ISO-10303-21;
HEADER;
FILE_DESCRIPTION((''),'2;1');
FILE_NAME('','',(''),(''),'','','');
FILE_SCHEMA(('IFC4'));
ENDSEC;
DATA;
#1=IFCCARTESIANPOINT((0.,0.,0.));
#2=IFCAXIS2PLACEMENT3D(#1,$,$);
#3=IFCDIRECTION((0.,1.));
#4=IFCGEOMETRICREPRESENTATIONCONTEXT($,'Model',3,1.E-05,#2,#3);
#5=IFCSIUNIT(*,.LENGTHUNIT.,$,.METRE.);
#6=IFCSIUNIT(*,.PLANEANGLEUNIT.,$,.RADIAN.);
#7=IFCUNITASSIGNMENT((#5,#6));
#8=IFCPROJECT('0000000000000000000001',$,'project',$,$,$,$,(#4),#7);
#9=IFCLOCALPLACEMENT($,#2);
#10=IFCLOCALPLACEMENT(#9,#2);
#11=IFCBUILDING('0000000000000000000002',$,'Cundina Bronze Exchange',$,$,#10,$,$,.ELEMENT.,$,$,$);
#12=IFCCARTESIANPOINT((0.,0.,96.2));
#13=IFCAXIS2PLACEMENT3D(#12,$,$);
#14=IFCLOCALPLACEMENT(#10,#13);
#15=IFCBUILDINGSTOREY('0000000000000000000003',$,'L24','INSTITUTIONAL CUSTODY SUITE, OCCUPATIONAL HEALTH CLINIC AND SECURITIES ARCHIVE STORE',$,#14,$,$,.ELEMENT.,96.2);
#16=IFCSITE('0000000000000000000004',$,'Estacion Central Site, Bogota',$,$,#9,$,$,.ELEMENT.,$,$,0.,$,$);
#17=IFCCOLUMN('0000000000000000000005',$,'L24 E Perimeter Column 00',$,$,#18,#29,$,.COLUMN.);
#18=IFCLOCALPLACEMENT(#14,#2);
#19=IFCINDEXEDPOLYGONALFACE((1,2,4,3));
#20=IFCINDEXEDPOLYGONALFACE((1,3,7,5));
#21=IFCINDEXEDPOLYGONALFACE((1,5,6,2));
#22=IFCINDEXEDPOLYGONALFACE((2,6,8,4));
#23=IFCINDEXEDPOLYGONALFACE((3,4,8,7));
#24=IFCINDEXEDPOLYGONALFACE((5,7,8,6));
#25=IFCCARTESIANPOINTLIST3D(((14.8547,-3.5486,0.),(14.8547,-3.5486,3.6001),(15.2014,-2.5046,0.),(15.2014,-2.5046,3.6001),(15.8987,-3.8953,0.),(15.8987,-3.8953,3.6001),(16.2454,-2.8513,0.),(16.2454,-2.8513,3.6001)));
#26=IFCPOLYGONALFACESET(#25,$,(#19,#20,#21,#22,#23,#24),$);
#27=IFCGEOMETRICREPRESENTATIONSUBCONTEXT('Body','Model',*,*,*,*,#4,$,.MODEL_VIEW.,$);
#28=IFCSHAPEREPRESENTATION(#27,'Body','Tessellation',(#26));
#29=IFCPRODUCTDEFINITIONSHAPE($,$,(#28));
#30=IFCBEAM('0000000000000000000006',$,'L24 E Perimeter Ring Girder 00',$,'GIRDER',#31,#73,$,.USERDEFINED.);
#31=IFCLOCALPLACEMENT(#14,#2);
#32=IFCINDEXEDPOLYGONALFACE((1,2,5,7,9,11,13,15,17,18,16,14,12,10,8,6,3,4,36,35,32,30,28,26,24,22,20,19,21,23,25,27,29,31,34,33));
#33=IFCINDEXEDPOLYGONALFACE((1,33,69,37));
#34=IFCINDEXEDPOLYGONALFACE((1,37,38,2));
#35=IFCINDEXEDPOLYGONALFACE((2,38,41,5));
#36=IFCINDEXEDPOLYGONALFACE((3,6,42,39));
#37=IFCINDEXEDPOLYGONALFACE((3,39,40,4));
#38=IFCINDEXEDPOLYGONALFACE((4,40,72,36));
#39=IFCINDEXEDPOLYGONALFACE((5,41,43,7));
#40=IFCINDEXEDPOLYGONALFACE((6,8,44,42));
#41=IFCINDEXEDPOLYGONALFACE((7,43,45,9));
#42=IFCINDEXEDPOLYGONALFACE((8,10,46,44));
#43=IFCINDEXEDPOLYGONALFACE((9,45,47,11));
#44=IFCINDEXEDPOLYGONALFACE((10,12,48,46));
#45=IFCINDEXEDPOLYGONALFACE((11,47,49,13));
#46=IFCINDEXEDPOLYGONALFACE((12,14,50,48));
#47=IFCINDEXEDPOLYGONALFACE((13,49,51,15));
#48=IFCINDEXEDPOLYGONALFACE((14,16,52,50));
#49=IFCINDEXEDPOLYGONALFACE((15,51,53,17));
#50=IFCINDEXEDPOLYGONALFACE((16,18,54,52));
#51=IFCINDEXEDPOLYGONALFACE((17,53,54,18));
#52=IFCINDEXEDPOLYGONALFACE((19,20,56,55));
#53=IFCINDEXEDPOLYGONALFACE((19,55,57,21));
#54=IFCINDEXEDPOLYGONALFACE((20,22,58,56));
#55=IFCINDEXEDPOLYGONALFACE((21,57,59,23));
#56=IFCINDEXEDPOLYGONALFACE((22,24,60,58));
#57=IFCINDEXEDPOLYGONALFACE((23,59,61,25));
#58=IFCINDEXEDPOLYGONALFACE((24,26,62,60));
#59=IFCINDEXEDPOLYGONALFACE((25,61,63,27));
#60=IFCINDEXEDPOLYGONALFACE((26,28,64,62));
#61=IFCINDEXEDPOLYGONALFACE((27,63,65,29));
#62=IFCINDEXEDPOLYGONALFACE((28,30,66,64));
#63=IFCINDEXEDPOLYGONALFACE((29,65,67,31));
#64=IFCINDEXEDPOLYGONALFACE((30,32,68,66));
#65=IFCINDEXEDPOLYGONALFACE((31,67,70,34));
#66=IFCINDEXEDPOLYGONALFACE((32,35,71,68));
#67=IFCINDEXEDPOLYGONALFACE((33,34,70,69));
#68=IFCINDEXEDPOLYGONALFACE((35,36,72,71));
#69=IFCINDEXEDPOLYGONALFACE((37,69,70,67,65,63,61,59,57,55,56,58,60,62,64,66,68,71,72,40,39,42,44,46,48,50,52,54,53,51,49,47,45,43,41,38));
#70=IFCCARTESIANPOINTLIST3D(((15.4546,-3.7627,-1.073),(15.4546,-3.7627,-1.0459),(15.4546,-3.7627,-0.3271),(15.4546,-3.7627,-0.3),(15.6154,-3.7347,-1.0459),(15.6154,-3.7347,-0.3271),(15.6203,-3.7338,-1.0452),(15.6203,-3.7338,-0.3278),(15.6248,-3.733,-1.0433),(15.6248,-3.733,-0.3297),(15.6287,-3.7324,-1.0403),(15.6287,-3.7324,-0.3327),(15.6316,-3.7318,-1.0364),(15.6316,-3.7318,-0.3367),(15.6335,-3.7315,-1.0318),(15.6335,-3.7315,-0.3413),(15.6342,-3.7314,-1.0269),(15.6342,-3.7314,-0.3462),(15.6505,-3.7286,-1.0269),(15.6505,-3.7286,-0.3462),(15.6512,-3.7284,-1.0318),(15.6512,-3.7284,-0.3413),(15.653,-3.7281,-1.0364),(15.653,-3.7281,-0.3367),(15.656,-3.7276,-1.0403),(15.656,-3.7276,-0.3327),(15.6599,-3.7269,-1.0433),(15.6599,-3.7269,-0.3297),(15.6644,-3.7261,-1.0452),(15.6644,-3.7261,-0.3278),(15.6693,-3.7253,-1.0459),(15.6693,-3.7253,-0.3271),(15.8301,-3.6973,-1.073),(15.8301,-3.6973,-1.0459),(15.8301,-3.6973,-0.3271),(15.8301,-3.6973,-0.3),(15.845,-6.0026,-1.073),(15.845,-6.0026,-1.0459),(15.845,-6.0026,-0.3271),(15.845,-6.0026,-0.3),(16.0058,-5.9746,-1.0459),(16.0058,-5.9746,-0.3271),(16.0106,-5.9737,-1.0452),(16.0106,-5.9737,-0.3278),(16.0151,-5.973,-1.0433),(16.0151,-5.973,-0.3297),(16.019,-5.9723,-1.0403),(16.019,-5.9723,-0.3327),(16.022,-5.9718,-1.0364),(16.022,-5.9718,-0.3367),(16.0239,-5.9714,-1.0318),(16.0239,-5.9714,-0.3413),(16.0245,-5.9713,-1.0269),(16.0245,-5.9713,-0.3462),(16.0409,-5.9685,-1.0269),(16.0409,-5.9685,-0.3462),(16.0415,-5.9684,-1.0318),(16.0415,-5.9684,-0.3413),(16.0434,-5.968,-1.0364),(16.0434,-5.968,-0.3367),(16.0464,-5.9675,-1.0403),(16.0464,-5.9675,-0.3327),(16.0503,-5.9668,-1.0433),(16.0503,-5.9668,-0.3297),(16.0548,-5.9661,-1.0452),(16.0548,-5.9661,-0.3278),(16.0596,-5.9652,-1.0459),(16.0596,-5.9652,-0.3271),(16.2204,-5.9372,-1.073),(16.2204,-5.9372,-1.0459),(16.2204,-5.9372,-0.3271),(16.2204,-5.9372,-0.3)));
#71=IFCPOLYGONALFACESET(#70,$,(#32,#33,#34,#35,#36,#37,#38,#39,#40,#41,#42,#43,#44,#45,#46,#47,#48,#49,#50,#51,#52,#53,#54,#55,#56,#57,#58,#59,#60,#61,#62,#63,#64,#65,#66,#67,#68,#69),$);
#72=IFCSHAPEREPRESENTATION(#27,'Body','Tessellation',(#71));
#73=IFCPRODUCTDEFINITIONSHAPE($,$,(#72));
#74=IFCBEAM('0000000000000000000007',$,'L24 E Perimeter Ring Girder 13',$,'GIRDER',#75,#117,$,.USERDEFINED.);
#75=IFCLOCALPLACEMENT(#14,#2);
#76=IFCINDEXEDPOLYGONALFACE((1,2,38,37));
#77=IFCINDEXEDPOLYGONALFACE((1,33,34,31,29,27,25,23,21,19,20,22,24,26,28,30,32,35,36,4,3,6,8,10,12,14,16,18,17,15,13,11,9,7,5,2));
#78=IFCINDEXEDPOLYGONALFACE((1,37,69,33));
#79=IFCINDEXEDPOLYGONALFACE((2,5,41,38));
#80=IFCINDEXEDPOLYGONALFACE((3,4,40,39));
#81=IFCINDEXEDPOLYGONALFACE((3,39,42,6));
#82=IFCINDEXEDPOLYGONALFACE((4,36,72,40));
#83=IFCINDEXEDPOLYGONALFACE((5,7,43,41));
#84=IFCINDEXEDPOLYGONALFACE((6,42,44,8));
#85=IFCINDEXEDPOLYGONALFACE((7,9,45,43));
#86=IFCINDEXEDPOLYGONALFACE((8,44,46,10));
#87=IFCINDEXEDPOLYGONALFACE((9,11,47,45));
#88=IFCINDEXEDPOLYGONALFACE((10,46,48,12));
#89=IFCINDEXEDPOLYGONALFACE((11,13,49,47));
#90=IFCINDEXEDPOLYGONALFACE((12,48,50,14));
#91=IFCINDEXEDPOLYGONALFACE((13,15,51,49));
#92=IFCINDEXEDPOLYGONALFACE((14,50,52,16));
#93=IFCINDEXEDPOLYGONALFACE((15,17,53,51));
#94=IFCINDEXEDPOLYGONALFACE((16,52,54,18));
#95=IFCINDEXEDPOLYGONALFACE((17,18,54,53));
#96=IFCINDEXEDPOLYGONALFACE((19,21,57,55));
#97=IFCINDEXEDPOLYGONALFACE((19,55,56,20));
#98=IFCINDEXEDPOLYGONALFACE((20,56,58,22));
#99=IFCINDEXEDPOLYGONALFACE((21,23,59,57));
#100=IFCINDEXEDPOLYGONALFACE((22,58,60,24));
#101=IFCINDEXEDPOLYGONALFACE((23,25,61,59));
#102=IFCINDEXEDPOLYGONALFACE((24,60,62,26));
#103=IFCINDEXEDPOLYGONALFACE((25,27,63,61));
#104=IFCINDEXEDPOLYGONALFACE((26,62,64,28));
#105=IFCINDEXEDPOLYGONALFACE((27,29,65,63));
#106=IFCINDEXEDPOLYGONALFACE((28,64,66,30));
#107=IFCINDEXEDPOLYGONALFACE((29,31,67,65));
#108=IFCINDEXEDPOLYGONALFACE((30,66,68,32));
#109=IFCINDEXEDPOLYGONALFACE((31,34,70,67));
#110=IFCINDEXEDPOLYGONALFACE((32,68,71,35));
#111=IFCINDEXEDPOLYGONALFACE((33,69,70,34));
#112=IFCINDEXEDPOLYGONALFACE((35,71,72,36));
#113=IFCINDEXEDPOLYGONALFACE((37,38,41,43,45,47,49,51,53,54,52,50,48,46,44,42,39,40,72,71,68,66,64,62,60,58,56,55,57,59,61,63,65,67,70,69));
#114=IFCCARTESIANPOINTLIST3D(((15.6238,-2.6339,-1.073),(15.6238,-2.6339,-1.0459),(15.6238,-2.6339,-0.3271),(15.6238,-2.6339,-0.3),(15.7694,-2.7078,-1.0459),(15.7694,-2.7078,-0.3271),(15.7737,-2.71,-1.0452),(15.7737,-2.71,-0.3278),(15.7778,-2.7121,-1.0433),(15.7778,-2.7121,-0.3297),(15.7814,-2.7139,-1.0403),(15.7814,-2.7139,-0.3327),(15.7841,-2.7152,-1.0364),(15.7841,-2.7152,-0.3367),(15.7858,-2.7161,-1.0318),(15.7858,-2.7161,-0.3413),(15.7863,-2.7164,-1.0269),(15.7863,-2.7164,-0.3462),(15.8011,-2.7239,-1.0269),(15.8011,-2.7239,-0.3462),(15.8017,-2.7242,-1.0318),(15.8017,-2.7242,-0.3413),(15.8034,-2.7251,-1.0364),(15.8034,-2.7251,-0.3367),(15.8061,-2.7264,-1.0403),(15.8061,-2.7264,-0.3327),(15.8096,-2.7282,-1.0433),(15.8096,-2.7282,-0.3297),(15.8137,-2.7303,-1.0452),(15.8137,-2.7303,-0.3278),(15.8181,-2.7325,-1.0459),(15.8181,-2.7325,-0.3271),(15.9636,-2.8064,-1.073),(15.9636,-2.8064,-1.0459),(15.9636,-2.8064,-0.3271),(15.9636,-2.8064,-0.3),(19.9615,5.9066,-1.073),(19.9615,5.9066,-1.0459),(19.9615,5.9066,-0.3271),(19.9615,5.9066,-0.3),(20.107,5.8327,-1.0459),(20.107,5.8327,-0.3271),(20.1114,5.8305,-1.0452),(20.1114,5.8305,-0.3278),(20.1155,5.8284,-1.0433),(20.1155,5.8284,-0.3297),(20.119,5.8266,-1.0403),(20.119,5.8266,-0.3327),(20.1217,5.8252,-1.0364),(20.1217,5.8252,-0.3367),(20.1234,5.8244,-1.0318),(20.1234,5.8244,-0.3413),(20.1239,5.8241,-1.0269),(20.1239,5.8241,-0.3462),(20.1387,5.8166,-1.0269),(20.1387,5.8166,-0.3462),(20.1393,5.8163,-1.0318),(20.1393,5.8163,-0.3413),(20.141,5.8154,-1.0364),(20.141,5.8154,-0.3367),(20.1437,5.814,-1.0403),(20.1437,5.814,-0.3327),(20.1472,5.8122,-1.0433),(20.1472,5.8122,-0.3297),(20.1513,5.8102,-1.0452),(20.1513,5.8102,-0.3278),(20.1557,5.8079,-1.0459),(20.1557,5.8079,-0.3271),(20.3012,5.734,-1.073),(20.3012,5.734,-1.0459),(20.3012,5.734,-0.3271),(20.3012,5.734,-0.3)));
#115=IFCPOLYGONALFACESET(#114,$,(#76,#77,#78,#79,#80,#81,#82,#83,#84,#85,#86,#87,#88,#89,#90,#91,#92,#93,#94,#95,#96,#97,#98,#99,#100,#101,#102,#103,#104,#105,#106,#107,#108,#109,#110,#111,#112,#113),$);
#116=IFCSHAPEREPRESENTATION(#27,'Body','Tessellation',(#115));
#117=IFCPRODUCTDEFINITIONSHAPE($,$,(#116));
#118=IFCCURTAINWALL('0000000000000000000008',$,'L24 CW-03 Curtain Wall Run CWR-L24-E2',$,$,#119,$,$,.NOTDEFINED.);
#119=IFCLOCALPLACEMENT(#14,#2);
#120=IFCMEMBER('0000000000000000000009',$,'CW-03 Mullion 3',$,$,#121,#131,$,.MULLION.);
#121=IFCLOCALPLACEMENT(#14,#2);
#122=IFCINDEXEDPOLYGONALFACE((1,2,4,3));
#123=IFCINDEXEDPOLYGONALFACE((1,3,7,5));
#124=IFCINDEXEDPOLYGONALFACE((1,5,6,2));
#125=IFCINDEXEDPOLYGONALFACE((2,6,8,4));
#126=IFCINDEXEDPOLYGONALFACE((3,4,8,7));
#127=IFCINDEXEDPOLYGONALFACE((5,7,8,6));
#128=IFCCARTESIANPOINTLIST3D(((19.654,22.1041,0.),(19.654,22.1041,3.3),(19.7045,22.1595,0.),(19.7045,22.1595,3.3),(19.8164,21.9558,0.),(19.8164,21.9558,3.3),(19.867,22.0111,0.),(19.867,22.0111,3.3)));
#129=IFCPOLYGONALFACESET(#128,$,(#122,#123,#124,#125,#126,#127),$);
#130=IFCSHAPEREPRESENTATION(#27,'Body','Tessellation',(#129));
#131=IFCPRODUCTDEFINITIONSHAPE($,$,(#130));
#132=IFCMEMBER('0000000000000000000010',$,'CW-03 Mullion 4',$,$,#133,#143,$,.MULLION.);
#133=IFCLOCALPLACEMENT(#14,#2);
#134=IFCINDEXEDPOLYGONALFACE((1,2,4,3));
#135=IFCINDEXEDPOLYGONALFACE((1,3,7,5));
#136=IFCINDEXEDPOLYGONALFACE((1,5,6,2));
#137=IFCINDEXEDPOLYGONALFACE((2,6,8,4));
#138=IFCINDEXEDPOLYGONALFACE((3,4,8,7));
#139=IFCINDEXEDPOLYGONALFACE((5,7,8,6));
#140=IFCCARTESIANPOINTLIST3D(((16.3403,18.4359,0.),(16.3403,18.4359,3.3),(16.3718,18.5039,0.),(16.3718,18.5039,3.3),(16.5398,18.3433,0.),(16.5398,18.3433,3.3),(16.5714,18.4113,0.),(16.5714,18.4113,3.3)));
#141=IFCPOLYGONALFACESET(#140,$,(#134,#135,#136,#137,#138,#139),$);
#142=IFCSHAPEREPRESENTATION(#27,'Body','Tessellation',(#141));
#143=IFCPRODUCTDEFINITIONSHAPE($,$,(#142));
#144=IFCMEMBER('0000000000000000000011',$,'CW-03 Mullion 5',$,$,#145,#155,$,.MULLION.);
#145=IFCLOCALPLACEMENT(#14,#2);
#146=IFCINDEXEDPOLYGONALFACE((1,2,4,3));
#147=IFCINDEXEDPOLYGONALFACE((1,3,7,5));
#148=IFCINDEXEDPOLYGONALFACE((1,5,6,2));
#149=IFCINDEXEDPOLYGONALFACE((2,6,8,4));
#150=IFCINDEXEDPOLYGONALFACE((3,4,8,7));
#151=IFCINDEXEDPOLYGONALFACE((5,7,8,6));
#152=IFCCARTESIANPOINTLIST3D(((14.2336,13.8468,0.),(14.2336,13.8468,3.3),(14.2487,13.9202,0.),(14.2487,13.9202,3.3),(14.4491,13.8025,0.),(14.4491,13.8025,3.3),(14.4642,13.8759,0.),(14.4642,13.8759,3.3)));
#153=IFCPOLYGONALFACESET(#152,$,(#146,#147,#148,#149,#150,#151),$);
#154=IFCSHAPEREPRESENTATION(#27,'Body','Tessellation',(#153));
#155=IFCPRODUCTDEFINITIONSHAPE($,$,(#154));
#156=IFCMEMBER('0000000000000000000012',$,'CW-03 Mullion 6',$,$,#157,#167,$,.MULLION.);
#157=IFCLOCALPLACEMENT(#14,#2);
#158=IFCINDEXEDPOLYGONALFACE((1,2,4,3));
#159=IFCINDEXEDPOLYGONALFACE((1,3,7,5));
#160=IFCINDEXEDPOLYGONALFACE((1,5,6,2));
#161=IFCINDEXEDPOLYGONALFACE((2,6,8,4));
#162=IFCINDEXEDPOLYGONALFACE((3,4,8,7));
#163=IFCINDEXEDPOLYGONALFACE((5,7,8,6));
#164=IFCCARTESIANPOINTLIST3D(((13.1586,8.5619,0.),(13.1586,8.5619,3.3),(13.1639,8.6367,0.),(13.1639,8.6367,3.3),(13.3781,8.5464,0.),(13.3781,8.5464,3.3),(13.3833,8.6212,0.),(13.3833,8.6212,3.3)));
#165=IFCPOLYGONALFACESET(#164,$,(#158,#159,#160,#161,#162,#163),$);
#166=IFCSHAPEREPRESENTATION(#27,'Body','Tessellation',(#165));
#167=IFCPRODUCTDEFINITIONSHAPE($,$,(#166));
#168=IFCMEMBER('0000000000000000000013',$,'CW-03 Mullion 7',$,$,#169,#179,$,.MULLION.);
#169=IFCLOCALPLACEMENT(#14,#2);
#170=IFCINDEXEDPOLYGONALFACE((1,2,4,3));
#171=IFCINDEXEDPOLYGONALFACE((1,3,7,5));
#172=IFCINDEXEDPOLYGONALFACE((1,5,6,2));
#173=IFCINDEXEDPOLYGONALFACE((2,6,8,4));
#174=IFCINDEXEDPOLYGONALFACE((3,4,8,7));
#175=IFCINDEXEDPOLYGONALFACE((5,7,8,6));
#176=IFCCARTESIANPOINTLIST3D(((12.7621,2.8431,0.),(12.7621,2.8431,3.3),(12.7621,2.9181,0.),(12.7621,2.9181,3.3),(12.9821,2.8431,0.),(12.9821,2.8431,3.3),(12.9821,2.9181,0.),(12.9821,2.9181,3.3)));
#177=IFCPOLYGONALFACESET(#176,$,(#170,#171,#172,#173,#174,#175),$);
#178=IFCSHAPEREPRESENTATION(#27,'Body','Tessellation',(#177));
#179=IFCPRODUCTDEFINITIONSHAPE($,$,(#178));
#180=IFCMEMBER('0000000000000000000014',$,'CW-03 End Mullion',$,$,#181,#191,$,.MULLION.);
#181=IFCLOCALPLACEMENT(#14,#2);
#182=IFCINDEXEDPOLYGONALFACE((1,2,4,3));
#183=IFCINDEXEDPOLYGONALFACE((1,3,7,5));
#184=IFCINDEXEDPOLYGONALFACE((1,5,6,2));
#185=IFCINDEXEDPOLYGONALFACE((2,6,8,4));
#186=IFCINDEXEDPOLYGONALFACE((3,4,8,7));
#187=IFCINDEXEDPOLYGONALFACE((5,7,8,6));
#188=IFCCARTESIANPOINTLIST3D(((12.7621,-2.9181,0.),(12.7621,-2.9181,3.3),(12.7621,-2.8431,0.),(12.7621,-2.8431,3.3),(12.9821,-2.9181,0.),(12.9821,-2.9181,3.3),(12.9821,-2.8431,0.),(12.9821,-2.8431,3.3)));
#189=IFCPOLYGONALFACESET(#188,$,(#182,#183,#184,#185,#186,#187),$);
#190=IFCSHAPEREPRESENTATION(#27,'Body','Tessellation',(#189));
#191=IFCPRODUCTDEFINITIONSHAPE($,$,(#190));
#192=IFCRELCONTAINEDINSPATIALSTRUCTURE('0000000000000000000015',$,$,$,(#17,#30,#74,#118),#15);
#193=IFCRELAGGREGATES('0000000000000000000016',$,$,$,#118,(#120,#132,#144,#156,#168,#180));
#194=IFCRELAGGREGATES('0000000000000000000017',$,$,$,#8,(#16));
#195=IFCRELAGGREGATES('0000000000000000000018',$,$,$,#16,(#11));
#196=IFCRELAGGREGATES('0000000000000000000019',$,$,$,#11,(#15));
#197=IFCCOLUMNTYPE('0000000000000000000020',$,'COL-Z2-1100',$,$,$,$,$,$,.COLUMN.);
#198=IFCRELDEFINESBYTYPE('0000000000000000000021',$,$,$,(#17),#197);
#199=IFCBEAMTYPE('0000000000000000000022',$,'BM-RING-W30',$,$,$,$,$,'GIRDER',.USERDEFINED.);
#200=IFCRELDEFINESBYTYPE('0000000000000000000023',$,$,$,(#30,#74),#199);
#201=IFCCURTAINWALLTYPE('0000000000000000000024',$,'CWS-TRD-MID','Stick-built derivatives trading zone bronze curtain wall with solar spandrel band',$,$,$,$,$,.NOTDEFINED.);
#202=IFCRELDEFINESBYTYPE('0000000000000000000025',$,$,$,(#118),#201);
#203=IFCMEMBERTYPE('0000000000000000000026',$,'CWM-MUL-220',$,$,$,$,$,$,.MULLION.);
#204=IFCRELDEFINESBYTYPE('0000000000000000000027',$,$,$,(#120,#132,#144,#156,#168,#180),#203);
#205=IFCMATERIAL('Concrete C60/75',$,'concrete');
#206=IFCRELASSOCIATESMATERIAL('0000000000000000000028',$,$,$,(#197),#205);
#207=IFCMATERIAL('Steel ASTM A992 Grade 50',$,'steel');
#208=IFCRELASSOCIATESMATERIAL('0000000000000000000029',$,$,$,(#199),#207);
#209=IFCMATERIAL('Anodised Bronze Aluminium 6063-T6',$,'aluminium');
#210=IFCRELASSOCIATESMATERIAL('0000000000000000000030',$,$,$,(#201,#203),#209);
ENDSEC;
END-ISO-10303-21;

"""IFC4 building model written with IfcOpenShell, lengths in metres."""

from ifc_helpers import new_model, si_unit, direction, frame, origin, origin_2d, place, context, subcontext, project, spatial, rectangle, i_section, extrude, material, material_profile, profile_set, type_object, element, aggregate, save


model = new_model("IFC4")

# Units and contexts
model_context = context("Model", 3, precision=1e-05, world=origin(), true_north=direction((0.0, 1.0)))
body_context = subcontext(model_context, "Body", "Model", "MODEL_VIEW")
ifc_project = project(units=[si_unit("LENGTHUNIT", "METRE"), si_unit("PLANEANGLEUNIT", "RADIAN")], contexts=[model_context])

# Site, building, storey
site_placement = place(None, origin())
site = spatial("IfcSite", under=ifc_project, at=site_placement, Name="Estacion Central Site, Bogota", CompositionType="ELEMENT", RefElevation=0.0)
building_placement = place(site_placement, origin())
building = spatial("IfcBuilding", under=site, at=building_placement, Name="Cundina Bronze Exchange", CompositionType="ELEMENT")
storey_placement = place(building_placement, frame((0.0, 0.0, 96.2)))
storey = spatial("IfcBuildingStorey", under=building, at=storey_placement, Name="L24", Description="INSTITUTIONAL CUSTODY SUITE, OCCUPATIONAL HEALTH CLINIC AND SECURITIES ARCHIVE STORE", CompositionType="ELEMENT", Elevation=96.2)

# Column
ifc_material_1 = material(Name="Concrete C60/75", Category="concrete")
ifc_material_profile_1 = material_profile(ifc_material_1, rectangle(XDim=1.1001, YDim=1.1001, at=origin_2d()), Name="RC1100X1100", Category="concrete")
ifc_profile_set_1 = profile_set([ifc_material_profile_1], Name="Concrete C60/75")
column_type = type_object("IfcColumnType", Name="COL-Z2-1100", PredefinedType="COLUMN", material=ifc_profile_set_1)
column_placement = place(storey_placement, frame((15.55, -3.2, 0.0), z_axis=(0.0, 0.0, 1.0), x_axis=(-0.315152, -0.949041, 0.0)))
element("IfcColumn", 1, at=column_placement, inside=storey, type_object=column_type, Name="L24 E Perimeter Column 00", PredefinedType="COLUMN", context=body_context, shape_type="SweptSolid", body=[
    extrude(rectangle(XDim=1.1001, YDim=1.1001, at=origin_2d()), origin(), (0.0, 0.0, 1.0), 3.6001),
])

# Beams
ifc_material_2 = material(Name="Steel ASTM A992 Grade 50", Category="steel")
ifc_material_profile_2 = material_profile(ifc_material_2, i_section(OverallWidth=0.3811, OverallDepth=0.7729, WebThickness=0.0166, FlangeThickness=0.0271, FilletRadius=0.019, at=origin_2d()), Name="W30X173", Category="steel")
ifc_profile_set_2 = profile_set([ifc_material_profile_2], Name="Steel ASTM A992 Grade 50")
beam_type = type_object("IfcBeamType", Name="BM-RING-W30", ElementType="GIRDER", PredefinedType="USERDEFINED", material=ifc_profile_set_2)
beam_1_placement = place(storey_placement, frame((15.6423, -3.73, -0.6865), z_axis=(0.17169, -0.985151, 0.0), x_axis=(0.985151, 0.17169, 0.0)))
element("IfcBeam", 2, at=beam_1_placement, inside=storey, type_object=beam_type, Name="L24 E Perimeter Ring Girder 00", ObjectType="GIRDER", PredefinedType="USERDEFINED", context=body_context, shape_type="SweptSolid", body=[
    extrude(i_section(OverallWidth=0.3811, OverallDepth=0.7729, WebThickness=0.0166, FlangeThickness=0.0271, FilletRadius=0.019, at=origin_2d()), origin(), (0.0, 0.0, 1.0), 2.2737),
])
beam_2_placement = place(storey_placement, frame((20.1313, 5.8203, -0.6865), z_axis=(-0.452832, -0.891596, 0.0), x_axis=(0.891596, -0.452832, 0.0)))
element("IfcBeam", 3, at=beam_2_placement, inside=storey, type_object=beam_type, Name="L24 E Perimeter Ring Girder 13", ObjectType="GIRDER", PredefinedType="USERDEFINED", context=body_context, shape_type="SweptSolid", body=[
    extrude(i_section(OverallWidth=0.3811, OverallDepth=0.7729, WebThickness=0.0166, FlangeThickness=0.0271, FilletRadius=0.019, at=origin_2d()), origin(), (0.0, 0.0, 1.0), 9.5789),
])

# Curtain wall, members
ifc_material_3 = material(Name="Anodised Bronze Aluminium 6063-T6", Category="aluminium")
curtain_wall_type = type_object("IfcCurtainWallType", Name="CWS-TRD-MID", Description="Stick-built derivatives trading zone bronze curtain wall with solar spandrel band", PredefinedType="NOTDEFINED", material=ifc_material_3)
curtain_wall_1_placement = place(storey_placement, origin())
curtain_wall_1 = element("IfcCurtainWall", 4, at=curtain_wall_1_placement, inside=storey, type_object=curtain_wall_type, Name="L24 CW-03 Curtain Wall Run CWR-L24-E2", PredefinedType="NOTDEFINED")
ifc_material_profile_3 = material_profile(ifc_material_3, rectangle(XDim=0.075, YDim=0.22, at=origin_2d()), Name="AL75X220", Category="aluminium")
ifc_profile_set_3 = profile_set([ifc_material_profile_3], Name="Anodised Bronze Aluminium 6063-T6")
member_type_1 = type_object("IfcMemberType", Name="CWM-MUL-220", PredefinedType="MULLION", material=ifc_profile_set_3)
member_1_placement = place(storey_placement, frame((19.7605, 22.0576, 0.0), z_axis=(0.0, 0.0, 1.0), x_axis=(-0.674302, -0.738455, 0.0)))
member_1 = element("IfcMember", 5, at=member_1_placement, type_object=member_type_1, Name="CW-03 Mullion 3", PredefinedType="MULLION", context=body_context, shape_type="SweptSolid", body=[
    extrude(rectangle(XDim=0.075, YDim=0.22, at=origin_2d()), origin(), (0.0, 0.0, 1.0), 3.3),
])
member_2_placement = place(storey_placement, frame((16.4558, 18.4236, 0.0), z_axis=(0.0, 0.0, 1.0), x_axis=(-0.420877, -0.907117, 0.0)))
member_2 = element("IfcMember", 6, at=member_2_placement, type_object=member_type_1, Name="CW-03 Mullion 4", PredefinedType="MULLION", context=body_context, shape_type="SweptSolid", body=[
    extrude(rectangle(XDim=0.075, YDim=0.22, at=origin_2d()), origin(), (0.0, 0.0, 1.0), 3.3),
])
member_3_placement = place(storey_placement, frame((14.3489, 13.8613, 0.0), z_axis=(0.0, 0.0, 1.0), x_axis=(-0.20142, -0.979505, 0.0)))
member_3 = element("IfcMember", 7, at=member_3_placement, type_object=member_type_1, Name="CW-03 Mullion 5", PredefinedType="MULLION", context=body_context, shape_type="SweptSolid", body=[
    extrude(rectangle(XDim=0.075, YDim=0.22, at=origin_2d()), origin(), (0.0, 0.0, 1.0), 3.3),
])
member_4_placement = place(storey_placement, frame((13.271, 8.5916, 0.0), z_axis=(0.0, 0.0, 1.0), x_axis=(-0.070279, -0.997527, 0.0)))
member_4 = element("IfcMember", 8, at=member_4_placement, type_object=member_type_1, Name="CW-03 Mullion 6", PredefinedType="MULLION", context=body_context, shape_type="SweptSolid", body=[
    extrude(rectangle(XDim=0.075, YDim=0.22, at=origin_2d()), origin(), (0.0, 0.0, 1.0), 3.3),
])
member_5_placement = place(storey_placement, frame((12.8721, 2.8806, 0.0), z_axis=(0.0, 0.0, 1.0), x_axis=(0.0, -1.0, 0.0)))
member_5 = element("IfcMember", 9, at=member_5_placement, type_object=member_type_1, Name="CW-03 Mullion 7", PredefinedType="MULLION", context=body_context, shape_type="SweptSolid", body=[
    extrude(rectangle(XDim=0.075, YDim=0.22, at=origin_2d()), origin(), (0.0, 0.0, 1.0), 3.3),
])
member_6_placement = place(storey_placement, frame((12.8721, -2.8806, 0.0), z_axis=(0.0, 0.0, 1.0), x_axis=(0.0, -1.0, 0.0)))
member_6 = element("IfcMember", 10, at=member_6_placement, type_object=member_type_1, Name="CW-03 End Mullion", PredefinedType="MULLION", context=body_context, shape_type="SweptSolid", body=[
    extrude(rectangle(XDim=0.075, YDim=0.22, at=origin_2d()), origin(), (0.0, 0.0, 1.0), 3.3),
])

aggregate(curtain_wall_1, [member_1, member_2, member_3, member_4, member_5, member_6])

save(model, "model.ifc")
